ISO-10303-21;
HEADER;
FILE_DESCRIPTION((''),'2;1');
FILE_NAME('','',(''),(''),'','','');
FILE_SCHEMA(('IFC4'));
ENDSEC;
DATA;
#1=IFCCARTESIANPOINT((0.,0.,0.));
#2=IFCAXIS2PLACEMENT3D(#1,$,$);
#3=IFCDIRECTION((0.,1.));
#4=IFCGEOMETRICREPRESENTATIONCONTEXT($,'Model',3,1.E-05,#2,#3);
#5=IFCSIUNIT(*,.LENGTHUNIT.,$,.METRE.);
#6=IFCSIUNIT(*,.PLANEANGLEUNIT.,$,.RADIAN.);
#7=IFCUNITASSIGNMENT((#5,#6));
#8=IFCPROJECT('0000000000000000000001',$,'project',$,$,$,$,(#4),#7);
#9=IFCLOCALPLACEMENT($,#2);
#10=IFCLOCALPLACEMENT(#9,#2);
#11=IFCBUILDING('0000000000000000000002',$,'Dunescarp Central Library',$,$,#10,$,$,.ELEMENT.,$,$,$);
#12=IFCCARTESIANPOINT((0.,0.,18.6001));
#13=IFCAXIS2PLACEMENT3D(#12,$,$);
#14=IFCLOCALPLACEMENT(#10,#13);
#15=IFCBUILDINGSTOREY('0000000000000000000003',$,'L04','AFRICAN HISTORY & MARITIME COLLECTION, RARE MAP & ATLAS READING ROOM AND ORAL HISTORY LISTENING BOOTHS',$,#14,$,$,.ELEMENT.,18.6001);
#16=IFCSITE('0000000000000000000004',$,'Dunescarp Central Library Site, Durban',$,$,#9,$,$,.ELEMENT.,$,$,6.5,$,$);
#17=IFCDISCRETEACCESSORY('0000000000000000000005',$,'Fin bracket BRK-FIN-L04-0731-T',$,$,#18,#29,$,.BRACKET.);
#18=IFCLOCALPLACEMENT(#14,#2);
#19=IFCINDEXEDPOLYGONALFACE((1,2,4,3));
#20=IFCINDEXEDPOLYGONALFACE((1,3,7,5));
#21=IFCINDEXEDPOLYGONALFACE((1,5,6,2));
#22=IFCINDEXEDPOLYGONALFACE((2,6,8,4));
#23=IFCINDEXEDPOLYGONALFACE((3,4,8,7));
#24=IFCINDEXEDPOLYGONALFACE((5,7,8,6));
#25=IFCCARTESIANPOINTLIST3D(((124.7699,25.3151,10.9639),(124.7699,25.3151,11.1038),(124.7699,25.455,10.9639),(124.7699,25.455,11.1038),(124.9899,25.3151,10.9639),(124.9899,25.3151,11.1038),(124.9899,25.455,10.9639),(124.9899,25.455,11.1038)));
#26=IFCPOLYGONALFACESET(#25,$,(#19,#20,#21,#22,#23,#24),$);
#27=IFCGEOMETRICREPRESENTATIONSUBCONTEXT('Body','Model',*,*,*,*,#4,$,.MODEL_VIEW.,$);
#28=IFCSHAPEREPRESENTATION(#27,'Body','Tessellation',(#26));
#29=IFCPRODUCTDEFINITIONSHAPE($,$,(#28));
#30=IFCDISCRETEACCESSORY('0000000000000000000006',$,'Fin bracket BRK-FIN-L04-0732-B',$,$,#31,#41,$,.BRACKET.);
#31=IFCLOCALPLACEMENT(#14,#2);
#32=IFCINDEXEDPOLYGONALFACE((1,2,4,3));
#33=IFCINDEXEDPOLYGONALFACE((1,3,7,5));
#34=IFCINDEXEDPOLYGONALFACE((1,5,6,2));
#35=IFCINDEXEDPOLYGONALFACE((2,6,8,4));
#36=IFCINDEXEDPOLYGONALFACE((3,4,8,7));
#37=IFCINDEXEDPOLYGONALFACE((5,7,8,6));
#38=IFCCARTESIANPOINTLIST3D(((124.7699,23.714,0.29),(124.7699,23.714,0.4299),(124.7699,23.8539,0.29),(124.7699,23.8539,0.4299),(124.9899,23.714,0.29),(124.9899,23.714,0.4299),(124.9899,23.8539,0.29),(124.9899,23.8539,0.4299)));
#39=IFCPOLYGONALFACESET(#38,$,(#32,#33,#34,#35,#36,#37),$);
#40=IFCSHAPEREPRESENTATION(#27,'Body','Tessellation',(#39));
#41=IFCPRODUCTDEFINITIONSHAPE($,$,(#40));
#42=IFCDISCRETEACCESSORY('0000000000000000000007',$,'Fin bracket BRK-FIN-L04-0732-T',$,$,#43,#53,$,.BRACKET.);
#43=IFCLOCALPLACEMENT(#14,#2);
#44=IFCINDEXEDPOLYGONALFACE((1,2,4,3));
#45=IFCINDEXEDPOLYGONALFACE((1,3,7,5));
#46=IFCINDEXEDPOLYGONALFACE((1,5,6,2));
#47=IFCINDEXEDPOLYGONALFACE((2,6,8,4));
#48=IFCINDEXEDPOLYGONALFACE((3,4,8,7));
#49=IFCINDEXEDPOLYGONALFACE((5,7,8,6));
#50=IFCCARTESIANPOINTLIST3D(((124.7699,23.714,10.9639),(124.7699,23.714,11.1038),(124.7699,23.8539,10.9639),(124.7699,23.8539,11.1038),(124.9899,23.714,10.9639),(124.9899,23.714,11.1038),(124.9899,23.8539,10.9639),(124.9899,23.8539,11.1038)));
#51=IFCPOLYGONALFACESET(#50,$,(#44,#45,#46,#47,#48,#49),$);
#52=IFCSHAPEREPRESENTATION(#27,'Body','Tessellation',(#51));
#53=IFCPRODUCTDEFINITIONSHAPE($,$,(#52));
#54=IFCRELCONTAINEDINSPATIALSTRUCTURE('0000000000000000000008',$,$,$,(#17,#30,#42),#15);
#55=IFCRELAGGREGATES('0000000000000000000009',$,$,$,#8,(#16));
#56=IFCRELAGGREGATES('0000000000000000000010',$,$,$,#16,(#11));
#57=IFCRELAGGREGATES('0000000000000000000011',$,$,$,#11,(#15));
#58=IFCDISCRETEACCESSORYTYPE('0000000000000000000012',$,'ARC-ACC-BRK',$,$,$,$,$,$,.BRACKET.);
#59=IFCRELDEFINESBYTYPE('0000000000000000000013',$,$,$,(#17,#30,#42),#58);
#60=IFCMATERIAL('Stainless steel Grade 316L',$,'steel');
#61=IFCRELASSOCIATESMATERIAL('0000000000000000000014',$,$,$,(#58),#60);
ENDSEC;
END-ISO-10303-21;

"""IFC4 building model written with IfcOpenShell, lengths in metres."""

from ifc_helpers import new_model, si_unit, direction, frame, origin, origin_2d, place, context, subcontext, project, spatial, rectangle, extrude, material, type_object, element, save


model = new_model("IFC4")

# Units and contexts
model_context = context("Model", 3, precision=1e-05, world=origin(), true_north=direction((0.0, 1.0)))
body_context = subcontext(model_context, "Body", "Model", "MODEL_VIEW")
ifc_project = project(units=[si_unit("LENGTHUNIT", "METRE"), si_unit("PLANEANGLEUNIT", "RADIAN")], contexts=[model_context])

# Site, building, storey
site_placement = place(None, origin())
site = spatial("IfcSite", under=ifc_project, at=site_placement, Name="Dunescarp Central Library Site, Durban", CompositionType="ELEMENT", RefElevation=6.5)
building_placement = place(site_placement, origin())
building = spatial("IfcBuilding", under=site, at=building_placement, Name="Dunescarp Central Library", CompositionType="ELEMENT")
storey_placement = place(building_placement, frame((0.0, 0.0, 18.6001)))
storey = spatial("IfcBuildingStorey", under=building, at=storey_placement, Name="L04", Description="AFRICAN HISTORY & MARITIME COLLECTION, RARE MAP & ATLAS READING ROOM AND ORAL HISTORY LISTENING BOOTHS", CompositionType="ELEMENT", Elevation=18.6001)

# Discrete accessories
ifc_material_1 = material(Name="Stainless steel Grade 316L", Category="steel")
discrete_accessory_type = type_object("IfcDiscreteAccessoryType", Name="ARC-ACC-BRK", PredefinedType="BRACKET", material=ifc_material_1)
for number, where, z_axis, x_axis, name in (
    (1, (124.8799, 25.385, 10.9639), (0.0, 0.0, 1.0), (1.0, 0.0, 0.0), "Fin bracket BRK-FIN-L04-0731-T"),
    (2, (124.8799, 23.7839, 0.29), (0.0, 0.0, 1.0), (1.0, 0.0, 0.0), "Fin bracket BRK-FIN-L04-0732-B"),
    (3, (124.8799, 23.7839, 10.9639), (0.0, 0.0, 1.0), (1.0, 0.0, 0.0), "Fin bracket BRK-FIN-L04-0732-T"),
):
    element("IfcDiscreteAccessory", number, at=place(storey_placement, frame(where, z_axis=z_axis, x_axis=x_axis)), inside=storey, type_object=discrete_accessory_type, Name=name, PredefinedType="BRACKET", context=body_context, shape_type="SweptSolid", body=[
        extrude(rectangle(XDim=0.22, YDim=0.1399, at=origin_2d()), origin(), (0.0, 0.0, 1.0), 0.1399),
    ])

save(model, "model.ifc")
